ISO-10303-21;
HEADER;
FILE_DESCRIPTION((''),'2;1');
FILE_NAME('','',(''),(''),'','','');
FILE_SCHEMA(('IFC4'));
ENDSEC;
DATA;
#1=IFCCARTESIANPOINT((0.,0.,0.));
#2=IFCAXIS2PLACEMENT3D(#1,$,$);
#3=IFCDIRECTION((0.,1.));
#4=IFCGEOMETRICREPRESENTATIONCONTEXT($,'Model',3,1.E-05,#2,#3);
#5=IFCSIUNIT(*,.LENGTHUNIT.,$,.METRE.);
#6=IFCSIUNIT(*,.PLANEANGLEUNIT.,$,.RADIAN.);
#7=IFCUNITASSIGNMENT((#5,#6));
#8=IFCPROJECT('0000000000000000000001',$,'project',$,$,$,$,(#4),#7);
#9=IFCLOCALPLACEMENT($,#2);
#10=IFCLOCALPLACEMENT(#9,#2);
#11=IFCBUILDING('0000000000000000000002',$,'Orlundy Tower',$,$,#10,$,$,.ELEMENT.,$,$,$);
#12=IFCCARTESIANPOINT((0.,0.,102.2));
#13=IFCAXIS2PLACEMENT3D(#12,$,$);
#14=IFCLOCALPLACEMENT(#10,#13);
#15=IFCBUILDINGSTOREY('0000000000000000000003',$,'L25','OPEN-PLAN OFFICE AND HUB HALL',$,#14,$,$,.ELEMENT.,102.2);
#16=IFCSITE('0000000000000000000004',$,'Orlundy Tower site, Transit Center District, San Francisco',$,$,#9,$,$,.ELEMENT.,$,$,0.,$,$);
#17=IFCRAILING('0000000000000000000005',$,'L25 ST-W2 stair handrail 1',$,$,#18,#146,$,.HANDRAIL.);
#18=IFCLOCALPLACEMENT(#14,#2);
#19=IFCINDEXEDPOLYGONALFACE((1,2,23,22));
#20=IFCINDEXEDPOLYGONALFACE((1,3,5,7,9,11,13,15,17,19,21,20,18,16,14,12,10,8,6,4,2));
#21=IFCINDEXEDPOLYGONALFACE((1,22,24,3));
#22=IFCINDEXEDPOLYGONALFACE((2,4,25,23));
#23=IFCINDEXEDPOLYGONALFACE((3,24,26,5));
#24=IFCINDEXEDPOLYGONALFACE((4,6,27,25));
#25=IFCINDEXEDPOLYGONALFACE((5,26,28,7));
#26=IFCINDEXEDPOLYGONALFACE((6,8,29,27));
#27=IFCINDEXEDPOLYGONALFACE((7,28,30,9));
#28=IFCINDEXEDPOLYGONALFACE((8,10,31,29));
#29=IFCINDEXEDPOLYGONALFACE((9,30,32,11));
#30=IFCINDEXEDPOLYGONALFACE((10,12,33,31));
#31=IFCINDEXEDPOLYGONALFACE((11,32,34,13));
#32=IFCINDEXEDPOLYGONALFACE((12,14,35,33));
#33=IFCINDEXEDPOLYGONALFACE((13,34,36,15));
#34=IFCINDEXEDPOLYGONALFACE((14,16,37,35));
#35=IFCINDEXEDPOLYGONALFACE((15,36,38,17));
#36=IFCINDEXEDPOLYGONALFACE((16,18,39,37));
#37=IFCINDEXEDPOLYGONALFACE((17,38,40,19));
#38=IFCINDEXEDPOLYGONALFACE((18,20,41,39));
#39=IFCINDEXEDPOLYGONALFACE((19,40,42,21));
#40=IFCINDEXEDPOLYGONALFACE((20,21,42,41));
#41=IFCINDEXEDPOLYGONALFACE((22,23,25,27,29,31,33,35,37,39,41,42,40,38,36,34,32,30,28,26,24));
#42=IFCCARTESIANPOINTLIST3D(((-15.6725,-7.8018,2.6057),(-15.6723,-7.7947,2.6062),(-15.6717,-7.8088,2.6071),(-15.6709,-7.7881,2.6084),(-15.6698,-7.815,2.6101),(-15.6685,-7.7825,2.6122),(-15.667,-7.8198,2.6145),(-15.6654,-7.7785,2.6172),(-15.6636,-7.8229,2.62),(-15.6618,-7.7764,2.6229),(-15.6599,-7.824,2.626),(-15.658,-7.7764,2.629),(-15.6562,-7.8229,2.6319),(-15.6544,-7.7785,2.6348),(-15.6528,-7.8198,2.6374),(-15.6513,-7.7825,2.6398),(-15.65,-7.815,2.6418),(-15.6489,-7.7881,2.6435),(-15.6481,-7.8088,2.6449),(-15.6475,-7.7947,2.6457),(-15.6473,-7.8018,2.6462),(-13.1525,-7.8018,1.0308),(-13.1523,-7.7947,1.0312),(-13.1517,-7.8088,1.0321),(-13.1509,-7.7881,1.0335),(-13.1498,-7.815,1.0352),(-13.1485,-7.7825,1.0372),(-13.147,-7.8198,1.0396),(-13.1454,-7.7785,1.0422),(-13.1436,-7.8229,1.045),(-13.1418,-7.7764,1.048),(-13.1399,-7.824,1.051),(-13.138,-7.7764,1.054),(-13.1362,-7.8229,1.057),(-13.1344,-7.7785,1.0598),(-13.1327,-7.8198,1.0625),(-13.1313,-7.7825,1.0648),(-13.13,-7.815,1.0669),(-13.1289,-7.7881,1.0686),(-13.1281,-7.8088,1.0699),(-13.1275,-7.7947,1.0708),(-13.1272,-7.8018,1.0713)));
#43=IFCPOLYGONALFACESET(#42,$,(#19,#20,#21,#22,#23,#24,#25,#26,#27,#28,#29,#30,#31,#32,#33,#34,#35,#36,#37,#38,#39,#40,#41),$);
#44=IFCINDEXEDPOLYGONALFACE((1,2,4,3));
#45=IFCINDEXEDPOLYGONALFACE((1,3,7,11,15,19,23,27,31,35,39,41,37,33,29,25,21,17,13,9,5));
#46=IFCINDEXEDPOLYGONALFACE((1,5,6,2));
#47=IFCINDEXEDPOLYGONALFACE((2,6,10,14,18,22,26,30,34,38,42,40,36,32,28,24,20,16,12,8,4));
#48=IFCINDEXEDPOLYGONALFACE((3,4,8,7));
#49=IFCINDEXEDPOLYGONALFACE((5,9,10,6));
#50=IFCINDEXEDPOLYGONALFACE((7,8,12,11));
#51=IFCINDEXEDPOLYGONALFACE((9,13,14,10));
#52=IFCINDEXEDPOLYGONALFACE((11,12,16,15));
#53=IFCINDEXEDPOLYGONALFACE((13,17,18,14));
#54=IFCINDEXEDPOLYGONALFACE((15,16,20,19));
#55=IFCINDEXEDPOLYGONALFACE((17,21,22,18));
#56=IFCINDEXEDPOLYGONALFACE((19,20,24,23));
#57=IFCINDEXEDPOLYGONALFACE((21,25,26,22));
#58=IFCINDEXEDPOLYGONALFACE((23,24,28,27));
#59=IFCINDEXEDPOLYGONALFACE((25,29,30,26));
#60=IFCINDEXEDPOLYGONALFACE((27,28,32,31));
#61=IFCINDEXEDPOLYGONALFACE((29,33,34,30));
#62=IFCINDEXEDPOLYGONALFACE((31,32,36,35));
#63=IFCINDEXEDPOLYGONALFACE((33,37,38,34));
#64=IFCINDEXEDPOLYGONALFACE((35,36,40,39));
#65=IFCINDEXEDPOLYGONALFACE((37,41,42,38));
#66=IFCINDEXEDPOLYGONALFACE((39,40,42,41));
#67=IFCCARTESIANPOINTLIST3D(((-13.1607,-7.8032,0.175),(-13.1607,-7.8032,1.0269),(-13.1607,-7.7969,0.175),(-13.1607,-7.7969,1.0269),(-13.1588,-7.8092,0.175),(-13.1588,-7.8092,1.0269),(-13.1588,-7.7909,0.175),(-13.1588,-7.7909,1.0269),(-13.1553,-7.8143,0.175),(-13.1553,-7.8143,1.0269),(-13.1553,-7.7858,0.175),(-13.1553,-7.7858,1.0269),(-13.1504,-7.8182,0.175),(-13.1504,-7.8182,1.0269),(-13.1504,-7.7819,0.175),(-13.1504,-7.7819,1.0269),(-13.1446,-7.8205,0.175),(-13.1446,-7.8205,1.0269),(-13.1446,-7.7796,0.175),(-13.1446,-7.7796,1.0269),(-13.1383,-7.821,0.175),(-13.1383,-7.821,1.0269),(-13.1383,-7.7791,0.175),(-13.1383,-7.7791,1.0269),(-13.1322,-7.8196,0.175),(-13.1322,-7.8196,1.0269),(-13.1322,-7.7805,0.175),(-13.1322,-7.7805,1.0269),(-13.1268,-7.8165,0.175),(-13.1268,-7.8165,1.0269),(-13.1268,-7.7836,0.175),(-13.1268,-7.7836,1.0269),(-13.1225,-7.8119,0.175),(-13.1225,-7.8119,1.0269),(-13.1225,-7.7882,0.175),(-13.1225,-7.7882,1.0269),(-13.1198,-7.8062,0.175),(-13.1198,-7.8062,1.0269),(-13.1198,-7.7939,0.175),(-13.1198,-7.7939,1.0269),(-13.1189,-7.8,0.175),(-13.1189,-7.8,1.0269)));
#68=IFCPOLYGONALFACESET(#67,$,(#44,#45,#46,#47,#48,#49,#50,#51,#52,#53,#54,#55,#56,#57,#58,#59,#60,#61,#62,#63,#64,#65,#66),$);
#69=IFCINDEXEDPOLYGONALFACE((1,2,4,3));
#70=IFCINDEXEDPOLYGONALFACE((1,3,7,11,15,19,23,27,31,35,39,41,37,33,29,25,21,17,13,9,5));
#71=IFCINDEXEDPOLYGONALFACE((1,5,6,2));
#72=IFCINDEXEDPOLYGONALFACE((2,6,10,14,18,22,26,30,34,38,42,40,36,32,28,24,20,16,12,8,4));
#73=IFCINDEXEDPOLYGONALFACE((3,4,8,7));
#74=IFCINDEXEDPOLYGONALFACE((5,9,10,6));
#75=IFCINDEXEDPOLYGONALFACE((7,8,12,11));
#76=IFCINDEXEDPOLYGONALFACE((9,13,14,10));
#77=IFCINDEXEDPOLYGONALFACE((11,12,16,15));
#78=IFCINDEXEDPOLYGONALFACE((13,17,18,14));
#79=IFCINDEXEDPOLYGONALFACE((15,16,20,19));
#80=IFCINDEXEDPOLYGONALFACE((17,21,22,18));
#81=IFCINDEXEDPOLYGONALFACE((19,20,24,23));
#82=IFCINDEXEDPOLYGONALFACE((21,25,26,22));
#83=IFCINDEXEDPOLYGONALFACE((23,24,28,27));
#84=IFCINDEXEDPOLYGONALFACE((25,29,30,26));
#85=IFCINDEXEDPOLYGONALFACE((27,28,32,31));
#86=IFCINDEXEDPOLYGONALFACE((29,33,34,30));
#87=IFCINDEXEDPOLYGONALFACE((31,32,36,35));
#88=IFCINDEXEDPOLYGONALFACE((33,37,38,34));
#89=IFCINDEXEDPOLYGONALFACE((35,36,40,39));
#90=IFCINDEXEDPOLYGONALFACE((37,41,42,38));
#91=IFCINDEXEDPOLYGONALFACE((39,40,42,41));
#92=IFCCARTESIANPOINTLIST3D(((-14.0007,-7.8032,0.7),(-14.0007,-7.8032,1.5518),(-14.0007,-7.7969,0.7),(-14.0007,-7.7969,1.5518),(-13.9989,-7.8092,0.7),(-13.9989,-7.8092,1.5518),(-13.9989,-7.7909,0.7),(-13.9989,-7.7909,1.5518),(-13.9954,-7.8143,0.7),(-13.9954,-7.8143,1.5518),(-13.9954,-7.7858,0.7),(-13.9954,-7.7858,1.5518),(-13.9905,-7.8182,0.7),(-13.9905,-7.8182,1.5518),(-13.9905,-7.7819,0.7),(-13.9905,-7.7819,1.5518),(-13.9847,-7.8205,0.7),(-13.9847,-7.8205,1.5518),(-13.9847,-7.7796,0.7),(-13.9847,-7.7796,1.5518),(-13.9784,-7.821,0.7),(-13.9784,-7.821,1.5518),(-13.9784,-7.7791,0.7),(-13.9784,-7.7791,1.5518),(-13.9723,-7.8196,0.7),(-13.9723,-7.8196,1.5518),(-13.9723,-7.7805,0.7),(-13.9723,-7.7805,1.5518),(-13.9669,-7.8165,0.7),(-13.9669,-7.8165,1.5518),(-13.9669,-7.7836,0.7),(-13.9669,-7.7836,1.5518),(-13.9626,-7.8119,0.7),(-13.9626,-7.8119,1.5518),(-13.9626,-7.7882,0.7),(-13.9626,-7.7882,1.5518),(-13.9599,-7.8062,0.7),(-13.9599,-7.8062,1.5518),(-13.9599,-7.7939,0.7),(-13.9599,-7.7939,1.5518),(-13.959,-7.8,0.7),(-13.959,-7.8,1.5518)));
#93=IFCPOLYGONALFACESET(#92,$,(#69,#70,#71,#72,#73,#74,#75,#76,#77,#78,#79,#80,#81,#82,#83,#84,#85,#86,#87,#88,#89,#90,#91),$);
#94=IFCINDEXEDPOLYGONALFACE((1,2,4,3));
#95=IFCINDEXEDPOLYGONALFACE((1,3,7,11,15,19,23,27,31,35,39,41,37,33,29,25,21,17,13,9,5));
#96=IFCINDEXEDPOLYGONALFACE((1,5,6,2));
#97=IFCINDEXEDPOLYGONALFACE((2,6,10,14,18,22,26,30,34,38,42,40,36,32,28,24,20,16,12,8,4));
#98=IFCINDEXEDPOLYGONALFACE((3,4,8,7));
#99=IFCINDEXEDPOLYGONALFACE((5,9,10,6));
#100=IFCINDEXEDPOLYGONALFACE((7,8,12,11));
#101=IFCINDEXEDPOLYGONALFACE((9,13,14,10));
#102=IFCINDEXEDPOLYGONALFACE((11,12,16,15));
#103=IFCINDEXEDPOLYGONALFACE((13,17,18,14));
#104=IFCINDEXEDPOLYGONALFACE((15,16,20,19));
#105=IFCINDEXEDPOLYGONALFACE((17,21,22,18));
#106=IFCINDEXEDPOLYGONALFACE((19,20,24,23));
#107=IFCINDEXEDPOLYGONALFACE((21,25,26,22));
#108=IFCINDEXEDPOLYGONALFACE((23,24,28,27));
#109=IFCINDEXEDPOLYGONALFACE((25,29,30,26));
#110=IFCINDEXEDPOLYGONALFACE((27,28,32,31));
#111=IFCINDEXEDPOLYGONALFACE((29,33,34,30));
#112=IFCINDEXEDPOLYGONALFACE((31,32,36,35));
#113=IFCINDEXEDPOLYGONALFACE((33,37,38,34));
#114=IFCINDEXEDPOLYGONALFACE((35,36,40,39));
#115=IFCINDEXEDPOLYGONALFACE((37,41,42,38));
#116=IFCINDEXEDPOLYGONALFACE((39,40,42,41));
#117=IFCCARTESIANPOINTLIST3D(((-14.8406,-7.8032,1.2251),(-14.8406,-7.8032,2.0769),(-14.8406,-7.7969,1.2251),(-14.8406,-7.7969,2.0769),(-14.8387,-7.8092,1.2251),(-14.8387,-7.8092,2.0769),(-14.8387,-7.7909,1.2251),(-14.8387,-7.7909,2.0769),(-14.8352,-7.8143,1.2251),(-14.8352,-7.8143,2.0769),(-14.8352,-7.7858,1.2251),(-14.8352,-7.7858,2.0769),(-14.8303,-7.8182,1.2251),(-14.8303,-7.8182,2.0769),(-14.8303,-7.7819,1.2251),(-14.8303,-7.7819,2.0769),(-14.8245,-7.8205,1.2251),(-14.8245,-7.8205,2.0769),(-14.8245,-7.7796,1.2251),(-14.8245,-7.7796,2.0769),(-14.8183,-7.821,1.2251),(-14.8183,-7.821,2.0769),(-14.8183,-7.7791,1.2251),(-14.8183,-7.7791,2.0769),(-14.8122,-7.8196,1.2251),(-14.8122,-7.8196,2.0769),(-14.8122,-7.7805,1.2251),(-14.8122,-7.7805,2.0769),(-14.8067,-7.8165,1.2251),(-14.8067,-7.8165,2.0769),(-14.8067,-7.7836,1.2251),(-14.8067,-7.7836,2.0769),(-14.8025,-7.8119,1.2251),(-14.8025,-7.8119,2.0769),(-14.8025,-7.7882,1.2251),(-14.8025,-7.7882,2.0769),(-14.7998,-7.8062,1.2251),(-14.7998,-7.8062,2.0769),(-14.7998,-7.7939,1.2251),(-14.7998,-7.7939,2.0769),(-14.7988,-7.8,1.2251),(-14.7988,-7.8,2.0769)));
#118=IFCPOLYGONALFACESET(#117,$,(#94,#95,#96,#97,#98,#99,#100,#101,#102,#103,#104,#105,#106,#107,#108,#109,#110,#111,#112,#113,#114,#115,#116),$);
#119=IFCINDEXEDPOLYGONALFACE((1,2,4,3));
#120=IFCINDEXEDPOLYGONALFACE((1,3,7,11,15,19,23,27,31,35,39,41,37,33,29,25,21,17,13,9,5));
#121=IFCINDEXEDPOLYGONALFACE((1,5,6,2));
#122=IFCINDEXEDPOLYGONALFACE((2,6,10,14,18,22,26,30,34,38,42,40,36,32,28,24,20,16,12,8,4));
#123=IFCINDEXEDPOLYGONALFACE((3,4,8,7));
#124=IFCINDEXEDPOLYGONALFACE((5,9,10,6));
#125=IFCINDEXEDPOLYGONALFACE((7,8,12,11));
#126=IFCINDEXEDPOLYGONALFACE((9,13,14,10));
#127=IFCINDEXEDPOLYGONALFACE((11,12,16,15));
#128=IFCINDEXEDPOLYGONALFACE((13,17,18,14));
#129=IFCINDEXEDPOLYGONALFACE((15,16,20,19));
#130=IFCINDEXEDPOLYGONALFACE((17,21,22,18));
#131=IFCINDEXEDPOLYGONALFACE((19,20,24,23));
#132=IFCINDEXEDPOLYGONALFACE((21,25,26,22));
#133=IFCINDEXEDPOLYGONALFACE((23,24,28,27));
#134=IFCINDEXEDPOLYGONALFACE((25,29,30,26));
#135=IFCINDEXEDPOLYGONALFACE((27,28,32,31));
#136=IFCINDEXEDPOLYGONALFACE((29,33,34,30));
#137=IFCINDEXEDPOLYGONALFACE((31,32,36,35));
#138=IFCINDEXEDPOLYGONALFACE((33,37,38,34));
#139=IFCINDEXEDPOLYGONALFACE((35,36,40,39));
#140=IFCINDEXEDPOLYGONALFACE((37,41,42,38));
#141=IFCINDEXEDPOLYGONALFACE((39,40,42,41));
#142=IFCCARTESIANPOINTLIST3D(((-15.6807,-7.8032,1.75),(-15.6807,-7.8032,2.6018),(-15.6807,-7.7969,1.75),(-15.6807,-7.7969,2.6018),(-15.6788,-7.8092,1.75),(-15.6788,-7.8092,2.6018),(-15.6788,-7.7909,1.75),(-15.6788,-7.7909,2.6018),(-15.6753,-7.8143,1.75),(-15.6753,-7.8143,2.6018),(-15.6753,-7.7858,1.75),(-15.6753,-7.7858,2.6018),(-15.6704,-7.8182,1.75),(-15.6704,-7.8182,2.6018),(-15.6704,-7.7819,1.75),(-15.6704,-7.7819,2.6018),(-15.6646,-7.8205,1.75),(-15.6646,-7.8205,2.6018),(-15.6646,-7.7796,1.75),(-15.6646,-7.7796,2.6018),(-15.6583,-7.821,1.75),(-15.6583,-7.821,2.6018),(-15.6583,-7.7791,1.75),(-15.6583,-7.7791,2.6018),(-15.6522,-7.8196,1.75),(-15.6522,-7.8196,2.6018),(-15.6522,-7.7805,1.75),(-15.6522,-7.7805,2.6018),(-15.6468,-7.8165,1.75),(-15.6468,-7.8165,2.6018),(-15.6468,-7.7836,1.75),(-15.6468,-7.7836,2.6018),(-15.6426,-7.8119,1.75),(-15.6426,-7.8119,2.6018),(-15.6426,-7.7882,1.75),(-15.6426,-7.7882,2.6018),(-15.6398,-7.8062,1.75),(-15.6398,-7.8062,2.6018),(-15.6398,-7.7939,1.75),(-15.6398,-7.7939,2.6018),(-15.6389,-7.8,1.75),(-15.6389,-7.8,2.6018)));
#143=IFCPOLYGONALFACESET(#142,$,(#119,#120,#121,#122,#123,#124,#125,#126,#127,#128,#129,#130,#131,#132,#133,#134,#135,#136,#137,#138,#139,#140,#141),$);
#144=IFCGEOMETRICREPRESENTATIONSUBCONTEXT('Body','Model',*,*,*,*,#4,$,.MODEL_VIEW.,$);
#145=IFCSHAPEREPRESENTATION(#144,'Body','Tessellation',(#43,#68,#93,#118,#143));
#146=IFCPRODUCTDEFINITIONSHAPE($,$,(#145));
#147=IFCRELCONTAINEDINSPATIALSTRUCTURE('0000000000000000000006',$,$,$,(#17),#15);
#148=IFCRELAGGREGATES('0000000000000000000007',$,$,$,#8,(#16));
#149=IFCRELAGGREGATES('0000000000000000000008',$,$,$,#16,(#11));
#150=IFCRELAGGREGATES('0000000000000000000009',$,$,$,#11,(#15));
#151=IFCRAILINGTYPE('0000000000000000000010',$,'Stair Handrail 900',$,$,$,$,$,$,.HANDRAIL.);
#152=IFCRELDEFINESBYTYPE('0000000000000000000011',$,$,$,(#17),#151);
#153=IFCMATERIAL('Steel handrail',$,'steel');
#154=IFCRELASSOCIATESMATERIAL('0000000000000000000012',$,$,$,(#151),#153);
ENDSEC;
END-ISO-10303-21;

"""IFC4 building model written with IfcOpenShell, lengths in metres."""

from ifc_helpers import new_model, si_unit, direction, frame, origin, origin_2d, place, context, subcontext, project, spatial, circle, extrude, material, type_object, element, save


model = new_model("IFC4")

# Units and contexts
model_context = context("Model", 3, precision=1e-05, world=origin(), true_north=direction((0.0, 1.0)))
body_context = subcontext(model_context, "Body", "Model", "MODEL_VIEW")
ifc_project = project(units=[si_unit("LENGTHUNIT", "METRE"), si_unit("PLANEANGLEUNIT", "RADIAN")], contexts=[model_context])

# Site, building, storey
site_placement = place(None, origin())
site = spatial("IfcSite", under=ifc_project, at=site_placement, Name="Orlundy Tower site, Transit Center District, San Francisco", CompositionType="ELEMENT", RefElevation=0.0)
building_placement = place(site_placement, origin())
building = spatial("IfcBuilding", under=site, at=building_placement, Name="Orlundy Tower", CompositionType="ELEMENT")
storey_placement = place(building_placement, frame((0.0, 0.0, 102.2)))
storey = spatial("IfcBuildingStorey", under=building, at=storey_placement, Name="L25", Description="OPEN-PLAN OFFICE AND HUB HALL", CompositionType="ELEMENT", Elevation=102.2)

# Railing
ifc_material_1 = material(Name="Steel handrail", Category="steel")
railing_type_1 = type_object("IfcRailingType", Name="Stair Handrail 900", PredefinedType="HANDRAIL", material=ifc_material_1)
railing_1_placement = place(storey_placement, frame((-13.1399, -7.8, 0.175)))
element("IfcRailing", 1, at=railing_1_placement, inside=storey, type_object=railing_type_1, Name="L25 ST-W2 stair handrail 1", PredefinedType="HANDRAIL", context=body_context, shape_type="SweptSolid", body=[
    extrude(circle(Radius=0.0239, at=origin_2d()), frame((0.0, 0.0, 0.876), z_axis=(-0.848008, 0.0, 0.529984), x_axis=(0.0, -1.0, 0.0)), (0.0, 0.0, 1.0), 2.9717),
    extrude(circle(Radius=0.021, at=origin_2d()), origin(), (0.0, 0.0, 1.0), 0.8518),
    extrude(circle(Radius=0.021, at=origin_2d()), frame((-0.8401, 0.0, 0.5249)), (0.0, 0.0, 1.0), 0.8518),
    extrude(circle(Radius=0.021, at=origin_2d()), frame((-1.6799, 0.0, 1.05)), (0.0, 0.0, 1.0), 0.8518),
    extrude(circle(Radius=0.021, at=origin_2d()), frame((-2.52, 0.0, 1.575)), (0.0, 0.0, 1.0), 0.8518),
])

save(model, "model.ifc")
